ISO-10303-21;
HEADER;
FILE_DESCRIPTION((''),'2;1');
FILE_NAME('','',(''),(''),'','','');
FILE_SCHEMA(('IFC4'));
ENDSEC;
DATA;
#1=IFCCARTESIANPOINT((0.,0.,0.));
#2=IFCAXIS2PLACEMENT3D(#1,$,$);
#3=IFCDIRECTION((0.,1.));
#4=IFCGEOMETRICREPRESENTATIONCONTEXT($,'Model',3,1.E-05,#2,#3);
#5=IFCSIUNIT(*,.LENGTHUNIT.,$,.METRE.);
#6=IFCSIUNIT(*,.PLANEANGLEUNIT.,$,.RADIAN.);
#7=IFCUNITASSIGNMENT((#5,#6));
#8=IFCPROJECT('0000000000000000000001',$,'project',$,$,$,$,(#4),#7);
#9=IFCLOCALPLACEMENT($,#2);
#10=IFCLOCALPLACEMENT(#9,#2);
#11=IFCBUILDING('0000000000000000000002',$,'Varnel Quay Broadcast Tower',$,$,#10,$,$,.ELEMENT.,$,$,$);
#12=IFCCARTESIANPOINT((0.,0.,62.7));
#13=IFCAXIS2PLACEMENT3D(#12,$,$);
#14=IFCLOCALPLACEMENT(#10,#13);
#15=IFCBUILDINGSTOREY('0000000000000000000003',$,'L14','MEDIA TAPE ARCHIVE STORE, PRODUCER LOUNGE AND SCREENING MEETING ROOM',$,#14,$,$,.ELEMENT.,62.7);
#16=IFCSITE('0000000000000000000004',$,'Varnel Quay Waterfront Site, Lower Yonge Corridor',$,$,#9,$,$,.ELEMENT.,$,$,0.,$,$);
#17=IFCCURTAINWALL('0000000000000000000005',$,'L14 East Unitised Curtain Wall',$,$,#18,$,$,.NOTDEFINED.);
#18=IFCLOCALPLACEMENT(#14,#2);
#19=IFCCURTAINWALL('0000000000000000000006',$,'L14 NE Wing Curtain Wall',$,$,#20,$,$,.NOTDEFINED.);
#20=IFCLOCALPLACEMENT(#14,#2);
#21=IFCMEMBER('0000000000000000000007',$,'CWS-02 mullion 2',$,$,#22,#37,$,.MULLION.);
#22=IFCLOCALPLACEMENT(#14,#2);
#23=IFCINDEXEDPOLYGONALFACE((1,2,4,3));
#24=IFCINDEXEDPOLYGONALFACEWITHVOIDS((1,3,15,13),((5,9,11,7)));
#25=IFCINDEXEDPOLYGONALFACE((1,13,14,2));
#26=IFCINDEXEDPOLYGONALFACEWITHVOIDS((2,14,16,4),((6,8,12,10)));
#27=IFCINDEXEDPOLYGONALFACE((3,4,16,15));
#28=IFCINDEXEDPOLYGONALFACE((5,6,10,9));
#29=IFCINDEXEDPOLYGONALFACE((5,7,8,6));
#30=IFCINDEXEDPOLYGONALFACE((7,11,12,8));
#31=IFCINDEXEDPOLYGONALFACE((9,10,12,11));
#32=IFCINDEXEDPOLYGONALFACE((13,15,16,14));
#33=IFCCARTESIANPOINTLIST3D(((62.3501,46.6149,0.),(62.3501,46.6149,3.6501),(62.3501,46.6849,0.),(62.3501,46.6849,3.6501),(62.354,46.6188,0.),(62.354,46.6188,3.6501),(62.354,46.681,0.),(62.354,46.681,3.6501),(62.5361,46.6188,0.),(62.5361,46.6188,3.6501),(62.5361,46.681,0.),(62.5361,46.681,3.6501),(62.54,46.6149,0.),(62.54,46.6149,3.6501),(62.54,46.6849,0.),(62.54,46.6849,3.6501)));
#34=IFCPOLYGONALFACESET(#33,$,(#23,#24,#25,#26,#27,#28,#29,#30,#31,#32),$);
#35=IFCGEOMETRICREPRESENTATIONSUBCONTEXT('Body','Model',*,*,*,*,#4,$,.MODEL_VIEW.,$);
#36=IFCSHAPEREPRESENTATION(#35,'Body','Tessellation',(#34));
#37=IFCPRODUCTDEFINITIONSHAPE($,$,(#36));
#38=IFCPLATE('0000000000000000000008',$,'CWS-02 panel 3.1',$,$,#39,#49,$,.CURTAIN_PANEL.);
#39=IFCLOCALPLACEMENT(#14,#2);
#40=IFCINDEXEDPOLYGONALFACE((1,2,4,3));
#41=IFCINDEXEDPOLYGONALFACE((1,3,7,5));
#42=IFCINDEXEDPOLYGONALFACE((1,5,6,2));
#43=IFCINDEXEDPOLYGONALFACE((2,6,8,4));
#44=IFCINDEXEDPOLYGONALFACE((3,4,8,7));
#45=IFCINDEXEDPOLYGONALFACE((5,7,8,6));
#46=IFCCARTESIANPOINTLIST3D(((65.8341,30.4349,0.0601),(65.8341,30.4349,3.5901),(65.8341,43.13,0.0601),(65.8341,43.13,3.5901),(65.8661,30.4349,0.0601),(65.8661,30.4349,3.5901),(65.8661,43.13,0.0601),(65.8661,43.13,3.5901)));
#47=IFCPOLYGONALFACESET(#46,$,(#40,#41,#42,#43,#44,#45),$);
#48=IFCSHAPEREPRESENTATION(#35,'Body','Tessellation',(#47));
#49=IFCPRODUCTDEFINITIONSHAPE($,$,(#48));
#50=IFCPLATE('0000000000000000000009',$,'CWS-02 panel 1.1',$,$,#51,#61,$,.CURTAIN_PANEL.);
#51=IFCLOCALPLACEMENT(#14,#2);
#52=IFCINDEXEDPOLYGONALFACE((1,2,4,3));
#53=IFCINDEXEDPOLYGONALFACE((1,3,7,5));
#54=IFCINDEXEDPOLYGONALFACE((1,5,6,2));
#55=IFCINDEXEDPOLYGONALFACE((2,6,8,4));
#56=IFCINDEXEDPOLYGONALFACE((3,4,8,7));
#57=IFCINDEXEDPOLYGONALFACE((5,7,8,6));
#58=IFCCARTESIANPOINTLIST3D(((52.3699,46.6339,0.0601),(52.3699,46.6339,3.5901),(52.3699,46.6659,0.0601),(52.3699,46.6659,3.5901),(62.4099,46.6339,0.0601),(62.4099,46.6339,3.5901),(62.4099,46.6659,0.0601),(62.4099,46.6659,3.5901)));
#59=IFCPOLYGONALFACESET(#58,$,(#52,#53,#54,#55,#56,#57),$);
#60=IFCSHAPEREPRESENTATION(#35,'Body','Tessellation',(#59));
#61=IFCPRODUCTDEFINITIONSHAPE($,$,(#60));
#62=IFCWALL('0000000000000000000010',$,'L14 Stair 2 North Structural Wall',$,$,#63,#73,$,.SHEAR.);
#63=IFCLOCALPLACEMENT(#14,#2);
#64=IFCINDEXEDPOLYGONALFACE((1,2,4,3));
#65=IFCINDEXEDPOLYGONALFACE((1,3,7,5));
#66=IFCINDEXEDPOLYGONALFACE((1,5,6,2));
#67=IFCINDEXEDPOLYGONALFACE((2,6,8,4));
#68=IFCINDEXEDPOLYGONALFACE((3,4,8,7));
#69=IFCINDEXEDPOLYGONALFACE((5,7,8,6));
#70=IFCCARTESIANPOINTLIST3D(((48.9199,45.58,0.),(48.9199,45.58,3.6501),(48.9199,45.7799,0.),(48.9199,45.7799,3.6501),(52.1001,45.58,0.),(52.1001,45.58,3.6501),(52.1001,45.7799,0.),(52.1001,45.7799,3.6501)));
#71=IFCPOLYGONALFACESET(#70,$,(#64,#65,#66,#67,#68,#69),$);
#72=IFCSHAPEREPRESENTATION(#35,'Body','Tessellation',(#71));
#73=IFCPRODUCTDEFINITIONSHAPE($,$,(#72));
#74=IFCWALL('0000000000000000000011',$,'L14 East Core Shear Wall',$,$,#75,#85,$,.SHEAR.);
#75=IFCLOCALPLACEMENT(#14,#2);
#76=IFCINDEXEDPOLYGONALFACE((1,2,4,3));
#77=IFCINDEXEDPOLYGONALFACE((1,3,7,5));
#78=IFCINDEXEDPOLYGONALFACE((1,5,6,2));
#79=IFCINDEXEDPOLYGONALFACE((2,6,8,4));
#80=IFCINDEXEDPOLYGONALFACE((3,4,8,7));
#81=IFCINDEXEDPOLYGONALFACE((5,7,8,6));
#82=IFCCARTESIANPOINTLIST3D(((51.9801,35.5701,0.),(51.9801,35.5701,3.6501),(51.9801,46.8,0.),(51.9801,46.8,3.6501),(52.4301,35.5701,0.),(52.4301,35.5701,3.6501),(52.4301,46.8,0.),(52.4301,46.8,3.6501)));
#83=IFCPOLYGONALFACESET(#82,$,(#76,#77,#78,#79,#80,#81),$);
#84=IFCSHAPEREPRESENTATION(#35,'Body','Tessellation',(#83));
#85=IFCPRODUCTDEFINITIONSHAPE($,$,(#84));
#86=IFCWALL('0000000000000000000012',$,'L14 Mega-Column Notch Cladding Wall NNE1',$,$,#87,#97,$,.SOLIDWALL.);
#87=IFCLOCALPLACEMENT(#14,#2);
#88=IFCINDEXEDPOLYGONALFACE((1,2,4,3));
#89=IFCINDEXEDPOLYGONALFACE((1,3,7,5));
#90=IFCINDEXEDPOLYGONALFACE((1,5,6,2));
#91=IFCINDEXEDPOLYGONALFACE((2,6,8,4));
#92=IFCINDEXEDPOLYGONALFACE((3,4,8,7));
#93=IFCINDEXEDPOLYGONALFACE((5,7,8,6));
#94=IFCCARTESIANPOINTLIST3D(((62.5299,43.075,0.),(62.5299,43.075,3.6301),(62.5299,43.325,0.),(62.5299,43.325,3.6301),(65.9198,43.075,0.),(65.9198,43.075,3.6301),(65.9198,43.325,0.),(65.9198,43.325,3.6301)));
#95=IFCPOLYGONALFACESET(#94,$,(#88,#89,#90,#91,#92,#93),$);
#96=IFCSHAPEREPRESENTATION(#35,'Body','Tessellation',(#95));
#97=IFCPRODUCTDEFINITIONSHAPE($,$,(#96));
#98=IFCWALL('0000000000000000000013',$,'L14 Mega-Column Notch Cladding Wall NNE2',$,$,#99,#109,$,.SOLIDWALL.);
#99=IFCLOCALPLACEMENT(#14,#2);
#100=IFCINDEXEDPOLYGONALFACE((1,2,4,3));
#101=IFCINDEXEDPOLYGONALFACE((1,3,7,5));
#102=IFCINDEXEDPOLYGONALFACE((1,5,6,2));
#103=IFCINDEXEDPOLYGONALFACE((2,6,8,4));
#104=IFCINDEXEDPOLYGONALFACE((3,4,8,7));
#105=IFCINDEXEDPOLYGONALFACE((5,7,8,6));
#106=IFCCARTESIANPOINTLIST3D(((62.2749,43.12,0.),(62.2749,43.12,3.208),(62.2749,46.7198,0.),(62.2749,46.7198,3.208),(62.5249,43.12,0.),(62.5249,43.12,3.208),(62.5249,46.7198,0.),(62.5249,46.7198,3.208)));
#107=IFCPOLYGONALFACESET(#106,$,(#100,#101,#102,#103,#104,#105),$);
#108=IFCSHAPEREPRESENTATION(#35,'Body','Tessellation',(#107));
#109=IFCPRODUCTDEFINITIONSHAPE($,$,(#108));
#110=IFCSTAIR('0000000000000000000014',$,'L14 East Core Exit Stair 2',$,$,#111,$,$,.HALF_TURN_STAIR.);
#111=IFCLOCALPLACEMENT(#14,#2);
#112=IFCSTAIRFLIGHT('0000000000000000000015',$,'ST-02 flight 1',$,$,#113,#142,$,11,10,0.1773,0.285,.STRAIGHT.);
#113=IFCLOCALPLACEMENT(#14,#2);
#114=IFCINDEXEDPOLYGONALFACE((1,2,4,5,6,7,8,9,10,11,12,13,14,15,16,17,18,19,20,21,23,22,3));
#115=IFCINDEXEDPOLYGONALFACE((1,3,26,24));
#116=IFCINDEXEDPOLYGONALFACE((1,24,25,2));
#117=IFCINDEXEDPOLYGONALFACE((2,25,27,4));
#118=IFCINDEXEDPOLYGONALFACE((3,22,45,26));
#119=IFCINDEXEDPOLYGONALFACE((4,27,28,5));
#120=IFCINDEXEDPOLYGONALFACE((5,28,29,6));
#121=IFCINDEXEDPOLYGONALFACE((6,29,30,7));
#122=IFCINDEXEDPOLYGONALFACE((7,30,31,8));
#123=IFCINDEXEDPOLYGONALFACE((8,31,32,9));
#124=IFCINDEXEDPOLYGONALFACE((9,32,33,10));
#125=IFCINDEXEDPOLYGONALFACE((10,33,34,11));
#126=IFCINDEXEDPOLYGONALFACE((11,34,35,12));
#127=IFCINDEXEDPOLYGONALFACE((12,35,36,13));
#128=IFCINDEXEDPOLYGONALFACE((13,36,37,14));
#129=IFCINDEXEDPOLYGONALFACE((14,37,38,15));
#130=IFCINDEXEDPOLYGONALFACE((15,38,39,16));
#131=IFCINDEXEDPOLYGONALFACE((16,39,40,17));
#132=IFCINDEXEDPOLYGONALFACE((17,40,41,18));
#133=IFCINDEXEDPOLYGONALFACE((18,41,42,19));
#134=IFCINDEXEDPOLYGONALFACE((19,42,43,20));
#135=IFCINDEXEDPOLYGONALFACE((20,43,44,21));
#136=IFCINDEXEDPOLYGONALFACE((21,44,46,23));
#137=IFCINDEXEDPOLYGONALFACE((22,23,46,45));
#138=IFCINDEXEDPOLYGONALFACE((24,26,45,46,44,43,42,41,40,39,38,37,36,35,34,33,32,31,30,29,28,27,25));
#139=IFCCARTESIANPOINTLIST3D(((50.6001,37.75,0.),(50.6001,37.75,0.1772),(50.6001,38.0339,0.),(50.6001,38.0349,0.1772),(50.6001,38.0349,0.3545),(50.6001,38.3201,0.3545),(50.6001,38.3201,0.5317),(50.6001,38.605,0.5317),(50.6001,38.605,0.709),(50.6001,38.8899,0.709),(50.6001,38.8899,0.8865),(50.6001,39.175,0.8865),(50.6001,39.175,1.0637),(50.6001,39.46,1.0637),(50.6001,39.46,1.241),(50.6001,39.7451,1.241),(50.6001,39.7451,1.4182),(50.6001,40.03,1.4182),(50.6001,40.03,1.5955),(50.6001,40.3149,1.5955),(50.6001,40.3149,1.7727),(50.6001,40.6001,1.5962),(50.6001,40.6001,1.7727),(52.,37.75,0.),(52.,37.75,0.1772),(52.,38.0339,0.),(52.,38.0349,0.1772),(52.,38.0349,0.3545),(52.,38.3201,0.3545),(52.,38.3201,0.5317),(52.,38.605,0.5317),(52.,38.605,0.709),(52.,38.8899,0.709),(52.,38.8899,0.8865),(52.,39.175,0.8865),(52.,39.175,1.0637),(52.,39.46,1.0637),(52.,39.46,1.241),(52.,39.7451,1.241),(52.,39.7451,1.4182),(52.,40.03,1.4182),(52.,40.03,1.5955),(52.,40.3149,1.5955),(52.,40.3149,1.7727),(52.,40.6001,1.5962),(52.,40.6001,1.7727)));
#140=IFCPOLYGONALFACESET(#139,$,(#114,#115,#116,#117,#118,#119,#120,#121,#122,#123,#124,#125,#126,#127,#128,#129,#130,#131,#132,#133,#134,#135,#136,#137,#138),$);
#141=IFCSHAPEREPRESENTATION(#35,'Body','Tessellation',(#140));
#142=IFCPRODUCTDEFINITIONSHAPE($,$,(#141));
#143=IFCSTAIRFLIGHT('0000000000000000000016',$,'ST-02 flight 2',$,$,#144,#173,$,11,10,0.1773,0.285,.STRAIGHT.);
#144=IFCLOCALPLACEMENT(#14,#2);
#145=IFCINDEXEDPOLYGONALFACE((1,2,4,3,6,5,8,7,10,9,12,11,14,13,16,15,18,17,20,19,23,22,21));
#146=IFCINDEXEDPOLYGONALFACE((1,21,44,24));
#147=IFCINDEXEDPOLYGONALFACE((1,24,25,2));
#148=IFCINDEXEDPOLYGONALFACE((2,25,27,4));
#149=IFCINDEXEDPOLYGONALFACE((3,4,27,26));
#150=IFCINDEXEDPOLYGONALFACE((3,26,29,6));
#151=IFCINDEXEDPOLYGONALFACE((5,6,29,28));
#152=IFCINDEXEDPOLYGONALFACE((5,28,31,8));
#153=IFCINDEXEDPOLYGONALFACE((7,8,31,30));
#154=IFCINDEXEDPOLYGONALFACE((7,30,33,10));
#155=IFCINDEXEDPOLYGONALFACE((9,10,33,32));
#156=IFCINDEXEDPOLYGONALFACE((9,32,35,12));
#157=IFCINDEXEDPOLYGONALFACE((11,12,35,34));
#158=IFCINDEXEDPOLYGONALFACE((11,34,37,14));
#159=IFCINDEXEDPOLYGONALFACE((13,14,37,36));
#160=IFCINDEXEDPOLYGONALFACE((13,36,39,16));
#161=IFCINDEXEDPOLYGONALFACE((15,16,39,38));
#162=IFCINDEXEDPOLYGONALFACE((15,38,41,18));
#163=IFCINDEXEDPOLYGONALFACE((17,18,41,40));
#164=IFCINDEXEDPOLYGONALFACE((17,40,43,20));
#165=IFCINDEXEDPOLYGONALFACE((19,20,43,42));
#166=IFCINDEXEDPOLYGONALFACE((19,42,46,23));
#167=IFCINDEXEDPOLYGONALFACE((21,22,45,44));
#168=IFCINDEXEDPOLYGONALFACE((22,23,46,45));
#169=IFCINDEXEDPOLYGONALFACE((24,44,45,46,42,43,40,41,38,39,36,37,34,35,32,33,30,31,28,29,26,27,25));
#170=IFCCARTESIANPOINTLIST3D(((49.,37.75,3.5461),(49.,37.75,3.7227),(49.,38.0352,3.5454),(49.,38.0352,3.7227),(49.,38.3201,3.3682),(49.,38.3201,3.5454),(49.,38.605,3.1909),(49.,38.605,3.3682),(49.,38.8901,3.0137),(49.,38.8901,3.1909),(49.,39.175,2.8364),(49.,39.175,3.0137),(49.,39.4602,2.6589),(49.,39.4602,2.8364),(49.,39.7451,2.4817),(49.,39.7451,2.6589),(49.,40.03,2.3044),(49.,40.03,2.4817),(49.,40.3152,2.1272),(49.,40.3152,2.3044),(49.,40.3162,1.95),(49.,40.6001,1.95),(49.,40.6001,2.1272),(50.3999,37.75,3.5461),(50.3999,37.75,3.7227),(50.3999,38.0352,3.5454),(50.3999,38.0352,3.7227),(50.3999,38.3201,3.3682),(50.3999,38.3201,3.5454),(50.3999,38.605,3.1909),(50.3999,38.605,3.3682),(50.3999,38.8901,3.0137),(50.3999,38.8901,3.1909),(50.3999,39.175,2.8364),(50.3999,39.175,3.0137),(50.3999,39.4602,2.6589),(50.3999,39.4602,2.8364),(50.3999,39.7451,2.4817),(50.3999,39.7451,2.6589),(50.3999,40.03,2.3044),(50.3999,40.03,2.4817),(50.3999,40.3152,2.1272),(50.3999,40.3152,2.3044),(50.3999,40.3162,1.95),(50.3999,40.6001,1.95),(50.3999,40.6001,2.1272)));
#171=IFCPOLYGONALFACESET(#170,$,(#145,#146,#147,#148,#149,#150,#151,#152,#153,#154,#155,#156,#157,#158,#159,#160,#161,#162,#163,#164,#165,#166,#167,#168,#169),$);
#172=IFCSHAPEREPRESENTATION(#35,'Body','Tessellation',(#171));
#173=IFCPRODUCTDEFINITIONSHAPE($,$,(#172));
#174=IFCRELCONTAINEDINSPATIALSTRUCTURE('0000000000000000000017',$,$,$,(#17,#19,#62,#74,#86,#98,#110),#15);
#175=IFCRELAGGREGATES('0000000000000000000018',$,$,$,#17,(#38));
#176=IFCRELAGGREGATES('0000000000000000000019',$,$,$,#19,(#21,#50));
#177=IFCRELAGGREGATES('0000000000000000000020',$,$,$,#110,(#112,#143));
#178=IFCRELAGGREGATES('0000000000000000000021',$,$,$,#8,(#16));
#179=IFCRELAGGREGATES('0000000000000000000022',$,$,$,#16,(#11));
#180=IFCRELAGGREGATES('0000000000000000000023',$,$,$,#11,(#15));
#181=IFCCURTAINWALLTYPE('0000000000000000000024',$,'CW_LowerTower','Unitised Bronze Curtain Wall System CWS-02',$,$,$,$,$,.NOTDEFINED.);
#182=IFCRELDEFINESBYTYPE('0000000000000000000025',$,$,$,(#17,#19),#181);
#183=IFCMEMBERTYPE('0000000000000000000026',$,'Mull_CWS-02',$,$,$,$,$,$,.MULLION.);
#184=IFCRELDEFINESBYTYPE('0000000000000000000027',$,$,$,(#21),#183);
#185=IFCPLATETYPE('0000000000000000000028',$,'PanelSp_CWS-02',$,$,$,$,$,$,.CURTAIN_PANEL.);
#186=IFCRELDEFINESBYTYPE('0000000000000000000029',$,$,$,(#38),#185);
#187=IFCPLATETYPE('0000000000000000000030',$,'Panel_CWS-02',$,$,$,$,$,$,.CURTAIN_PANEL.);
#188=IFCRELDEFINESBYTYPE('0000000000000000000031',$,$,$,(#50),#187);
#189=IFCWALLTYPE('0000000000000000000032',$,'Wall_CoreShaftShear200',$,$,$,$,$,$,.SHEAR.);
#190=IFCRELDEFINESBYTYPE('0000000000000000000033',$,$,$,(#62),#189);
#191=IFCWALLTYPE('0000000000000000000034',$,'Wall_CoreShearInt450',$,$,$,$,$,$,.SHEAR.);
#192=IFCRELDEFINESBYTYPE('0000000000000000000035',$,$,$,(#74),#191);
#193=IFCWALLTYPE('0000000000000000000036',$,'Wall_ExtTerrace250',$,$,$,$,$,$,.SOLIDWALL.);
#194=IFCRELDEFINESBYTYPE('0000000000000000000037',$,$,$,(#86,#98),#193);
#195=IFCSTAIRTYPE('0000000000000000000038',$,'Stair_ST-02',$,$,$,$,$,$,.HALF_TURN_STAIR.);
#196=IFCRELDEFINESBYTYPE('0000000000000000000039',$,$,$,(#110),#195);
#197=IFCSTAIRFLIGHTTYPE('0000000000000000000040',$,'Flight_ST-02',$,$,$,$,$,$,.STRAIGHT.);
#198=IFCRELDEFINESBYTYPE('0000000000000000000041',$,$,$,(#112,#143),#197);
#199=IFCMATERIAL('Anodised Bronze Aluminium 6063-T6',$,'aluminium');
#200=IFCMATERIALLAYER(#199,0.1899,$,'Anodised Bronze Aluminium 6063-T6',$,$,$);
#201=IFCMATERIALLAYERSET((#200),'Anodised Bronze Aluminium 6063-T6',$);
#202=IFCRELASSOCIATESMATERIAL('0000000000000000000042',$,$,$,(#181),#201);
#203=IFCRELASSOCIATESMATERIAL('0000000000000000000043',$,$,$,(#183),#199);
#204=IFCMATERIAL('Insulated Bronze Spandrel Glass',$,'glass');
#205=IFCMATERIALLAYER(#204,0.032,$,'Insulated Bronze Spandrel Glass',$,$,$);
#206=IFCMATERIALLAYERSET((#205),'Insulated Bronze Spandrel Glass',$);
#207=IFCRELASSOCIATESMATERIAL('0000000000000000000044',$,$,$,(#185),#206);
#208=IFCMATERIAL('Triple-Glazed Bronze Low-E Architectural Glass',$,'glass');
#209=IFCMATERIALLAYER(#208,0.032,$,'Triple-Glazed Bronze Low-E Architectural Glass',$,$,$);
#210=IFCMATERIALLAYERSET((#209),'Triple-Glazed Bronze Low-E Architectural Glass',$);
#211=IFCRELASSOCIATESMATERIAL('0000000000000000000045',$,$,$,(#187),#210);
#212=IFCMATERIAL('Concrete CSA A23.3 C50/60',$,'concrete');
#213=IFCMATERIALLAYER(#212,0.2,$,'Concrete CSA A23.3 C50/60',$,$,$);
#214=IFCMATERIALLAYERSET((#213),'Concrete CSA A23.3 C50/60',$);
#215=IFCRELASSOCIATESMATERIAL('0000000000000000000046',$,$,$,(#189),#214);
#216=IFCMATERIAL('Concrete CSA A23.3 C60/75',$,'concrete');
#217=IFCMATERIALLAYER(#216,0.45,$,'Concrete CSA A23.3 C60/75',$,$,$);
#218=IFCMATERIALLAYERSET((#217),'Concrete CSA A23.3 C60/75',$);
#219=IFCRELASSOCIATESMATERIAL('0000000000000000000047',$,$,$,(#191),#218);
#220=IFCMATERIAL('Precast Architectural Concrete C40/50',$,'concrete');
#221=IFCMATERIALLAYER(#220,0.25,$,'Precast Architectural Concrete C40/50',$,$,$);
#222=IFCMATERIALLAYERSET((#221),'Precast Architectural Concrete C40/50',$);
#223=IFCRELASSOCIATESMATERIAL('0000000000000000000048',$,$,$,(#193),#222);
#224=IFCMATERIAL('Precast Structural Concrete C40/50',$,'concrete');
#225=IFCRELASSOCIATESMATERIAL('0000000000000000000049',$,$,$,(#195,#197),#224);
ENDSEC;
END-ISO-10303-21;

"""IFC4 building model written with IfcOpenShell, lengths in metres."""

from ifc_helpers import new_model, si_unit, direction, frame, frame_2d, origin, origin_2d, place, context, subcontext, project, spatial, polyline, rectangle, hollow_rectangle, outline, extrude, source, transform, mapped, material, layer, layer_set, material_profile, profile_set, type_object, type_shapes, element, aggregate, save


model = new_model("IFC4")

# Units and contexts
model_context = context("Model", 3, precision=1e-05, world=origin(), true_north=direction((0.0, 1.0)))
body_context = subcontext(model_context, "Body", "Model", "MODEL_VIEW")
ifc_project = project(units=[si_unit("LENGTHUNIT", "METRE"), si_unit("PLANEANGLEUNIT", "RADIAN")], contexts=[model_context])

# Site, building, storey
site_placement = place(None, origin())
site = spatial("IfcSite", under=ifc_project, at=site_placement, Name="Varnel Quay Waterfront Site, Lower Yonge Corridor", CompositionType="ELEMENT", RefElevation=0.0)
building_placement = place(site_placement, origin())
building = spatial("IfcBuilding", under=site, at=building_placement, Name="Varnel Quay Broadcast Tower", CompositionType="ELEMENT")
storey_placement = place(building_placement, frame((0.0, 0.0, 62.7)))
storey = spatial("IfcBuildingStorey", under=building, at=storey_placement, Name="L14", Description="MEDIA TAPE ARCHIVE STORE, PRODUCER LOUNGE AND SCREENING MEETING ROOM", CompositionType="ELEMENT", Elevation=62.7)

# Curtain walls
ifc_material_1 = material(Name="Anodised Bronze Aluminium 6063-T6", Category="aluminium")
ifc_layer_1 = layer(ifc_material_1, 0.1899, Name="Anodised Bronze Aluminium 6063-T6")
ifc_layer_set_1 = layer_set([ifc_layer_1], Name="Anodised Bronze Aluminium 6063-T6")
curtain_wall_type = type_object("IfcCurtainWallType", Name="CW_LowerTower", Description="Unitised Bronze Curtain Wall System CWS-02", PredefinedType="NOTDEFINED", material=ifc_layer_set_1)
curtain_wall_1_placement = place(storey_placement, origin())
curtain_wall_1 = element("IfcCurtainWall", 1, at=curtain_wall_1_placement, inside=storey, type_object=curtain_wall_type, Name="L14 East Unitised Curtain Wall", PredefinedType="NOTDEFINED")
curtain_wall_2_placement = place(storey_placement, origin())
curtain_wall_2 = element("IfcCurtainWall", 2, at=curtain_wall_2_placement, inside=storey, type_object=curtain_wall_type, Name="L14 NE Wing Curtain Wall", PredefinedType="NOTDEFINED")

# Member
ifc_material_profile_1 = material_profile(ifc_material_1, hollow_rectangle(XDim=0.0701, YDim=0.1899, WallThickness=0.0039, at=origin_2d()), Name="ALU70X190X4")
ifc_profile_set_1 = profile_set([ifc_material_profile_1], Name="Anodised Bronze Aluminium 6063-T6")
member_type_1 = type_object("IfcMemberType", Name="Mull_CWS-02", PredefinedType="MULLION", material=ifc_profile_set_1)
shared_shape_1 = source(origin(), body_context, "Body", "SweptSolid", [
    extrude(hollow_rectangle(XDim=0.0701, YDim=0.1899, WallThickness=0.0039, at=origin_2d()), origin(), (0.0, 0.0, 1.0), 3.6501),
])
type_shapes(member_type_1, [shared_shape_1])
member_1_placement = place(storey_placement, frame((62.4451, 46.6499, 0.0), z_axis=(0.0, 0.0, 1.0), x_axis=(0.0, 1.0, 0.0)))
member_1 = element("IfcMember", 3, at=member_1_placement, type_object=member_type_1, Name="CWS-02 mullion 2", PredefinedType="MULLION", context=body_context, shape_type="MappedRepresentation", body=[
    mapped(shared_shape_1, transform((0.0, 0.0, 0.0), x_axis=(1.0, 0.0, 0.0), y_axis=(0.0, 1.0, 0.0), z_axis=(0.0, 0.0, 1.0), scale=1.0)),
])

# Plates
ifc_material_2 = material(Name="Insulated Bronze Spandrel Glass", Category="glass")
ifc_layer_2 = layer(ifc_material_2, 0.032, Name="Insulated Bronze Spandrel Glass")
ifc_layer_set_2 = layer_set([ifc_layer_2], Name="Insulated Bronze Spandrel Glass")
plate_type_1 = type_object("IfcPlateType", Name="PanelSp_CWS-02", PredefinedType="CURTAIN_PANEL", material=ifc_layer_set_2)
shared_shape_2 = source(origin(), body_context, "Body", "SweptSolid", [
    extrude(rectangle(XDim=12.6951, YDim=0.032, at=origin_2d()), origin(), (0.0, 0.0, 1.0), 3.53),
])
type_shapes(plate_type_1, [shared_shape_2])
plate_1_placement = place(storey_placement, frame((65.8501, 36.7825, 0.0601), z_axis=(0.0, 0.0, 1.0), x_axis=(0.0, 1.0, 0.0)))
plate_1 = element("IfcPlate", 4, at=plate_1_placement, type_object=plate_type_1, Name="CWS-02 panel 3.1", PredefinedType="CURTAIN_PANEL", context=body_context, shape_type="MappedRepresentation", body=[
    mapped(shared_shape_2, transform((0.0, 0.0, 0.0), x_axis=(1.0, 0.0, 0.0), y_axis=(0.0, 1.0, 0.0), z_axis=(0.0, 0.0, 1.0), scale=1.0)),
])
aggregate(curtain_wall_1, [plate_1])
ifc_material_3 = material(Name="Triple-Glazed Bronze Low-E Architectural Glass", Category="glass")
ifc_layer_3 = layer(ifc_material_3, 0.032, Name="Triple-Glazed Bronze Low-E Architectural Glass")
ifc_layer_set_3 = layer_set([ifc_layer_3], Name="Triple-Glazed Bronze Low-E Architectural Glass")
plate_type_2 = type_object("IfcPlateType", Name="Panel_CWS-02", PredefinedType="CURTAIN_PANEL", material=ifc_layer_set_3)
shared_shape_3 = source(origin(), body_context, "Body", "SweptSolid", [
    extrude(rectangle(XDim=10.04, YDim=0.032, at=origin_2d()), origin(), (0.0, 0.0, 1.0), 3.53),
])
type_shapes(plate_type_2, [shared_shape_3])
plate_2_placement = place(storey_placement, frame((57.3899, 46.6499, 0.0601), z_axis=(0.0, 0.0, 1.0), x_axis=(1.0, 0.0, 0.0)))
plate_2 = element("IfcPlate", 5, at=plate_2_placement, type_object=plate_type_2, Name="CWS-02 panel 1.1", PredefinedType="CURTAIN_PANEL", context=body_context, shape_type="MappedRepresentation", body=[
    mapped(shared_shape_3, transform((0.0, 0.0, 0.0), x_axis=(1.0, 0.0, 0.0), y_axis=(0.0, 1.0, 0.0), z_axis=(0.0, 0.0, 1.0), scale=1.0)),
])
aggregate(curtain_wall_2, [member_1, plate_2])

# Walls
ifc_material_4 = material(Name="Concrete CSA A23.3 C50/60", Category="concrete")
ifc_layer_4 = layer(ifc_material_4, 0.2, Name="Concrete CSA A23.3 C50/60")
ifc_layer_set_4 = layer_set([ifc_layer_4], Name="Concrete CSA A23.3 C50/60")
wall_type_1 = type_object("IfcWallType", Name="Wall_CoreShaftShear200", PredefinedType="SHEAR", material=ifc_layer_set_4)
wall_1_placement = place(storey_placement, frame((48.9199, 45.6799, 0.0), z_axis=(0.0, 0.0, 1.0), x_axis=(1.0, 0.0, 0.0)))
element("IfcWall", 6, at=wall_1_placement, inside=storey, type_object=wall_type_1, Name="L14 Stair 2 North Structural Wall", PredefinedType="SHEAR", context=body_context, shape_type="SweptSolid", body=[
    extrude(rectangle(XDim=3.1802, YDim=0.2, at=frame_2d((1.5901, 0.0))), origin(), (0.0, 0.0, 1.0), 3.6501),
])
ifc_material_5 = material(Name="Concrete CSA A23.3 C60/75", Category="concrete")
ifc_layer_5 = layer(ifc_material_5, 0.45, Name="Concrete CSA A23.3 C60/75")
ifc_layer_set_5 = layer_set([ifc_layer_5], Name="Concrete CSA A23.3 C60/75")
wall_type_2 = type_object("IfcWallType", Name="Wall_CoreShearInt450", PredefinedType="SHEAR", material=ifc_layer_set_5)
wall_2_placement = place(storey_placement, frame((52.2051, 35.5701, 0.0), z_axis=(0.0, 0.0, 1.0), x_axis=(0.0, 1.0, 0.0)))
element("IfcWall", 7, at=wall_2_placement, inside=storey, type_object=wall_type_2, Name="L14 East Core Shear Wall", PredefinedType="SHEAR", context=body_context, shape_type="SweptSolid", body=[
    extrude(rectangle(XDim=11.23, YDim=0.45, at=frame_2d((5.615, 0.0))), origin(), (0.0, 0.0, 1.0), 3.6501),
])
ifc_material_6 = material(Name="Precast Architectural Concrete C40/50", Category="concrete")
ifc_layer_6 = layer(ifc_material_6, 0.25, Name="Precast Architectural Concrete C40/50")
ifc_layer_set_6 = layer_set([ifc_layer_6], Name="Precast Architectural Concrete C40/50")
wall_type_3 = type_object("IfcWallType", Name="Wall_ExtTerrace250", PredefinedType="SOLIDWALL", material=ifc_layer_set_6)
wall_3_placement = place(storey_placement, frame((62.53, 43.2, 0.0), z_axis=(0.0, 0.0, 1.0), x_axis=(1.0, 0.0, 0.0)))
element("IfcWall", 8, at=wall_3_placement, inside=storey, type_object=wall_type_3, Name="L14 Mega-Column Notch Cladding Wall NNE1", PredefinedType="SOLIDWALL", context=body_context, shape_type="SweptSolid", body=[
    extrude(rectangle(XDim=3.3899, YDim=0.25, at=frame_2d((1.6948, 0.0))), origin(), (0.0, 0.0, 1.0), 3.6301),
])
wall_4_placement = place(storey_placement, frame((62.3999, 43.1201, 0.0), z_axis=(0.0, 0.0, 1.0), x_axis=(0.0, 1.0, 0.0)))
element("IfcWall", 9, at=wall_4_placement, inside=storey, type_object=wall_type_3, Name="L14 Mega-Column Notch Cladding Wall NNE2", PredefinedType="SOLIDWALL", context=body_context, shape_type="SweptSolid", body=[
    extrude(rectangle(XDim=3.5999, YDim=0.25, at=frame_2d((1.7998, 0.0))), origin(), (0.0, 0.0, 1.0), 3.208),
])

# Stair, stair flights
ifc_material_7 = material(Name="Precast Structural Concrete C40/50", Category="concrete")
stair_type = type_object("IfcStairType", Name="Stair_ST-02", PredefinedType="HALF_TURN_STAIR", material=ifc_material_7)
stair_placement = place(storey_placement, origin())
stair = element("IfcStair", 10, at=stair_placement, inside=storey, type_object=stair_type, Name="L14 East Core Exit Stair 2", PredefinedType="HALF_TURN_STAIR")
stair_flight_type = type_object("IfcStairFlightType", Name="Flight_ST-02", PredefinedType="STRAIGHT", material=ifc_material_7)
stair_flight_1_placement = place(storey_placement, frame((51.3, 37.75, 0.0), z_axis=(0.0, 0.0, 1.0), x_axis=(0.0, 1.0, 0.0)))
stair_flight_1 = element("IfcStairFlight", 11, at=stair_flight_1_placement, type_object=stair_flight_type, Name="ST-02 flight 1", NumberOfRisers=11, NumberOfTreads=10, PredefinedType="STRAIGHT", RiserHeight=0.1773, TreadLength=0.285, context=body_context, shape_type="SweptSolid", body=[
    extrude(outline(polyline([(0.0, 0.0), (0.0, 0.1772), (0.2849, 0.1772), (0.2849, 0.3545), (0.5701, 0.3545), (0.5701, 0.5317), (0.855, 0.5317), (0.855, 0.709), (1.1399, 0.709), (1.1399, 0.8865), (1.425, 0.8865), (1.425, 1.0637), (1.71, 1.0637), (1.71, 1.241), (1.9951, 1.241), (1.9951, 1.4182), (2.28, 1.4182), (2.28, 1.5955), (2.5649, 1.5955), (2.5649, 1.7727), (2.8501, 1.7727), (2.8501, 1.95), (2.8501, 1.5962), (0.2839, 0.0), (0.0, 0.0)])), frame((0.0, 0.7, 0.0), z_axis=(0.0, -1.0, 0.0), x_axis=(1.0, 0.0, 0.0)), (0.0, 0.0, 1.0), 1.3999),
])
stair_flight_2_placement = place(storey_placement, frame((49.7, 40.6001, 1.95), z_axis=(0.0, 0.0, 1.0), x_axis=(0.0, -1.0, 0.0)))
stair_flight_2 = element("IfcStairFlight", 12, at=stair_flight_2_placement, type_object=stair_flight_type, Name="ST-02 flight 2", NumberOfRisers=11, NumberOfTreads=10, PredefinedType="STRAIGHT", RiserHeight=0.1773, TreadLength=0.285, context=body_context, shape_type="SweptSolid", body=[
    extrude(outline(polyline([(0.0, 0.0), (0.0, 0.1772), (0.2849, 0.1772), (0.2849, 0.3545), (0.5701, 0.3545), (0.5701, 0.5317), (0.855, 0.5317), (0.855, 0.709), (1.1399, 0.709), (1.1399, 0.8865), (1.425, 0.8865), (1.425, 1.0637), (1.71, 1.0637), (1.71, 1.241), (1.9951, 1.241), (1.9951, 1.4182), (2.28, 1.4182), (2.28, 1.5955), (2.5649, 1.5955), (2.5649, 1.7727), (2.8501, 1.7727), (2.8501, 1.95), (2.8501, 1.5962), (0.2839, 0.0), (0.0, 0.0)])), frame((0.0, 0.7, 0.0), z_axis=(0.0, -1.0, 0.0), x_axis=(1.0, 0.0, 0.0)), (0.0, 0.0, 1.0), 1.3999),
])
aggregate(stair, [stair_flight_1, stair_flight_2])

save(model, "model.ifc")
